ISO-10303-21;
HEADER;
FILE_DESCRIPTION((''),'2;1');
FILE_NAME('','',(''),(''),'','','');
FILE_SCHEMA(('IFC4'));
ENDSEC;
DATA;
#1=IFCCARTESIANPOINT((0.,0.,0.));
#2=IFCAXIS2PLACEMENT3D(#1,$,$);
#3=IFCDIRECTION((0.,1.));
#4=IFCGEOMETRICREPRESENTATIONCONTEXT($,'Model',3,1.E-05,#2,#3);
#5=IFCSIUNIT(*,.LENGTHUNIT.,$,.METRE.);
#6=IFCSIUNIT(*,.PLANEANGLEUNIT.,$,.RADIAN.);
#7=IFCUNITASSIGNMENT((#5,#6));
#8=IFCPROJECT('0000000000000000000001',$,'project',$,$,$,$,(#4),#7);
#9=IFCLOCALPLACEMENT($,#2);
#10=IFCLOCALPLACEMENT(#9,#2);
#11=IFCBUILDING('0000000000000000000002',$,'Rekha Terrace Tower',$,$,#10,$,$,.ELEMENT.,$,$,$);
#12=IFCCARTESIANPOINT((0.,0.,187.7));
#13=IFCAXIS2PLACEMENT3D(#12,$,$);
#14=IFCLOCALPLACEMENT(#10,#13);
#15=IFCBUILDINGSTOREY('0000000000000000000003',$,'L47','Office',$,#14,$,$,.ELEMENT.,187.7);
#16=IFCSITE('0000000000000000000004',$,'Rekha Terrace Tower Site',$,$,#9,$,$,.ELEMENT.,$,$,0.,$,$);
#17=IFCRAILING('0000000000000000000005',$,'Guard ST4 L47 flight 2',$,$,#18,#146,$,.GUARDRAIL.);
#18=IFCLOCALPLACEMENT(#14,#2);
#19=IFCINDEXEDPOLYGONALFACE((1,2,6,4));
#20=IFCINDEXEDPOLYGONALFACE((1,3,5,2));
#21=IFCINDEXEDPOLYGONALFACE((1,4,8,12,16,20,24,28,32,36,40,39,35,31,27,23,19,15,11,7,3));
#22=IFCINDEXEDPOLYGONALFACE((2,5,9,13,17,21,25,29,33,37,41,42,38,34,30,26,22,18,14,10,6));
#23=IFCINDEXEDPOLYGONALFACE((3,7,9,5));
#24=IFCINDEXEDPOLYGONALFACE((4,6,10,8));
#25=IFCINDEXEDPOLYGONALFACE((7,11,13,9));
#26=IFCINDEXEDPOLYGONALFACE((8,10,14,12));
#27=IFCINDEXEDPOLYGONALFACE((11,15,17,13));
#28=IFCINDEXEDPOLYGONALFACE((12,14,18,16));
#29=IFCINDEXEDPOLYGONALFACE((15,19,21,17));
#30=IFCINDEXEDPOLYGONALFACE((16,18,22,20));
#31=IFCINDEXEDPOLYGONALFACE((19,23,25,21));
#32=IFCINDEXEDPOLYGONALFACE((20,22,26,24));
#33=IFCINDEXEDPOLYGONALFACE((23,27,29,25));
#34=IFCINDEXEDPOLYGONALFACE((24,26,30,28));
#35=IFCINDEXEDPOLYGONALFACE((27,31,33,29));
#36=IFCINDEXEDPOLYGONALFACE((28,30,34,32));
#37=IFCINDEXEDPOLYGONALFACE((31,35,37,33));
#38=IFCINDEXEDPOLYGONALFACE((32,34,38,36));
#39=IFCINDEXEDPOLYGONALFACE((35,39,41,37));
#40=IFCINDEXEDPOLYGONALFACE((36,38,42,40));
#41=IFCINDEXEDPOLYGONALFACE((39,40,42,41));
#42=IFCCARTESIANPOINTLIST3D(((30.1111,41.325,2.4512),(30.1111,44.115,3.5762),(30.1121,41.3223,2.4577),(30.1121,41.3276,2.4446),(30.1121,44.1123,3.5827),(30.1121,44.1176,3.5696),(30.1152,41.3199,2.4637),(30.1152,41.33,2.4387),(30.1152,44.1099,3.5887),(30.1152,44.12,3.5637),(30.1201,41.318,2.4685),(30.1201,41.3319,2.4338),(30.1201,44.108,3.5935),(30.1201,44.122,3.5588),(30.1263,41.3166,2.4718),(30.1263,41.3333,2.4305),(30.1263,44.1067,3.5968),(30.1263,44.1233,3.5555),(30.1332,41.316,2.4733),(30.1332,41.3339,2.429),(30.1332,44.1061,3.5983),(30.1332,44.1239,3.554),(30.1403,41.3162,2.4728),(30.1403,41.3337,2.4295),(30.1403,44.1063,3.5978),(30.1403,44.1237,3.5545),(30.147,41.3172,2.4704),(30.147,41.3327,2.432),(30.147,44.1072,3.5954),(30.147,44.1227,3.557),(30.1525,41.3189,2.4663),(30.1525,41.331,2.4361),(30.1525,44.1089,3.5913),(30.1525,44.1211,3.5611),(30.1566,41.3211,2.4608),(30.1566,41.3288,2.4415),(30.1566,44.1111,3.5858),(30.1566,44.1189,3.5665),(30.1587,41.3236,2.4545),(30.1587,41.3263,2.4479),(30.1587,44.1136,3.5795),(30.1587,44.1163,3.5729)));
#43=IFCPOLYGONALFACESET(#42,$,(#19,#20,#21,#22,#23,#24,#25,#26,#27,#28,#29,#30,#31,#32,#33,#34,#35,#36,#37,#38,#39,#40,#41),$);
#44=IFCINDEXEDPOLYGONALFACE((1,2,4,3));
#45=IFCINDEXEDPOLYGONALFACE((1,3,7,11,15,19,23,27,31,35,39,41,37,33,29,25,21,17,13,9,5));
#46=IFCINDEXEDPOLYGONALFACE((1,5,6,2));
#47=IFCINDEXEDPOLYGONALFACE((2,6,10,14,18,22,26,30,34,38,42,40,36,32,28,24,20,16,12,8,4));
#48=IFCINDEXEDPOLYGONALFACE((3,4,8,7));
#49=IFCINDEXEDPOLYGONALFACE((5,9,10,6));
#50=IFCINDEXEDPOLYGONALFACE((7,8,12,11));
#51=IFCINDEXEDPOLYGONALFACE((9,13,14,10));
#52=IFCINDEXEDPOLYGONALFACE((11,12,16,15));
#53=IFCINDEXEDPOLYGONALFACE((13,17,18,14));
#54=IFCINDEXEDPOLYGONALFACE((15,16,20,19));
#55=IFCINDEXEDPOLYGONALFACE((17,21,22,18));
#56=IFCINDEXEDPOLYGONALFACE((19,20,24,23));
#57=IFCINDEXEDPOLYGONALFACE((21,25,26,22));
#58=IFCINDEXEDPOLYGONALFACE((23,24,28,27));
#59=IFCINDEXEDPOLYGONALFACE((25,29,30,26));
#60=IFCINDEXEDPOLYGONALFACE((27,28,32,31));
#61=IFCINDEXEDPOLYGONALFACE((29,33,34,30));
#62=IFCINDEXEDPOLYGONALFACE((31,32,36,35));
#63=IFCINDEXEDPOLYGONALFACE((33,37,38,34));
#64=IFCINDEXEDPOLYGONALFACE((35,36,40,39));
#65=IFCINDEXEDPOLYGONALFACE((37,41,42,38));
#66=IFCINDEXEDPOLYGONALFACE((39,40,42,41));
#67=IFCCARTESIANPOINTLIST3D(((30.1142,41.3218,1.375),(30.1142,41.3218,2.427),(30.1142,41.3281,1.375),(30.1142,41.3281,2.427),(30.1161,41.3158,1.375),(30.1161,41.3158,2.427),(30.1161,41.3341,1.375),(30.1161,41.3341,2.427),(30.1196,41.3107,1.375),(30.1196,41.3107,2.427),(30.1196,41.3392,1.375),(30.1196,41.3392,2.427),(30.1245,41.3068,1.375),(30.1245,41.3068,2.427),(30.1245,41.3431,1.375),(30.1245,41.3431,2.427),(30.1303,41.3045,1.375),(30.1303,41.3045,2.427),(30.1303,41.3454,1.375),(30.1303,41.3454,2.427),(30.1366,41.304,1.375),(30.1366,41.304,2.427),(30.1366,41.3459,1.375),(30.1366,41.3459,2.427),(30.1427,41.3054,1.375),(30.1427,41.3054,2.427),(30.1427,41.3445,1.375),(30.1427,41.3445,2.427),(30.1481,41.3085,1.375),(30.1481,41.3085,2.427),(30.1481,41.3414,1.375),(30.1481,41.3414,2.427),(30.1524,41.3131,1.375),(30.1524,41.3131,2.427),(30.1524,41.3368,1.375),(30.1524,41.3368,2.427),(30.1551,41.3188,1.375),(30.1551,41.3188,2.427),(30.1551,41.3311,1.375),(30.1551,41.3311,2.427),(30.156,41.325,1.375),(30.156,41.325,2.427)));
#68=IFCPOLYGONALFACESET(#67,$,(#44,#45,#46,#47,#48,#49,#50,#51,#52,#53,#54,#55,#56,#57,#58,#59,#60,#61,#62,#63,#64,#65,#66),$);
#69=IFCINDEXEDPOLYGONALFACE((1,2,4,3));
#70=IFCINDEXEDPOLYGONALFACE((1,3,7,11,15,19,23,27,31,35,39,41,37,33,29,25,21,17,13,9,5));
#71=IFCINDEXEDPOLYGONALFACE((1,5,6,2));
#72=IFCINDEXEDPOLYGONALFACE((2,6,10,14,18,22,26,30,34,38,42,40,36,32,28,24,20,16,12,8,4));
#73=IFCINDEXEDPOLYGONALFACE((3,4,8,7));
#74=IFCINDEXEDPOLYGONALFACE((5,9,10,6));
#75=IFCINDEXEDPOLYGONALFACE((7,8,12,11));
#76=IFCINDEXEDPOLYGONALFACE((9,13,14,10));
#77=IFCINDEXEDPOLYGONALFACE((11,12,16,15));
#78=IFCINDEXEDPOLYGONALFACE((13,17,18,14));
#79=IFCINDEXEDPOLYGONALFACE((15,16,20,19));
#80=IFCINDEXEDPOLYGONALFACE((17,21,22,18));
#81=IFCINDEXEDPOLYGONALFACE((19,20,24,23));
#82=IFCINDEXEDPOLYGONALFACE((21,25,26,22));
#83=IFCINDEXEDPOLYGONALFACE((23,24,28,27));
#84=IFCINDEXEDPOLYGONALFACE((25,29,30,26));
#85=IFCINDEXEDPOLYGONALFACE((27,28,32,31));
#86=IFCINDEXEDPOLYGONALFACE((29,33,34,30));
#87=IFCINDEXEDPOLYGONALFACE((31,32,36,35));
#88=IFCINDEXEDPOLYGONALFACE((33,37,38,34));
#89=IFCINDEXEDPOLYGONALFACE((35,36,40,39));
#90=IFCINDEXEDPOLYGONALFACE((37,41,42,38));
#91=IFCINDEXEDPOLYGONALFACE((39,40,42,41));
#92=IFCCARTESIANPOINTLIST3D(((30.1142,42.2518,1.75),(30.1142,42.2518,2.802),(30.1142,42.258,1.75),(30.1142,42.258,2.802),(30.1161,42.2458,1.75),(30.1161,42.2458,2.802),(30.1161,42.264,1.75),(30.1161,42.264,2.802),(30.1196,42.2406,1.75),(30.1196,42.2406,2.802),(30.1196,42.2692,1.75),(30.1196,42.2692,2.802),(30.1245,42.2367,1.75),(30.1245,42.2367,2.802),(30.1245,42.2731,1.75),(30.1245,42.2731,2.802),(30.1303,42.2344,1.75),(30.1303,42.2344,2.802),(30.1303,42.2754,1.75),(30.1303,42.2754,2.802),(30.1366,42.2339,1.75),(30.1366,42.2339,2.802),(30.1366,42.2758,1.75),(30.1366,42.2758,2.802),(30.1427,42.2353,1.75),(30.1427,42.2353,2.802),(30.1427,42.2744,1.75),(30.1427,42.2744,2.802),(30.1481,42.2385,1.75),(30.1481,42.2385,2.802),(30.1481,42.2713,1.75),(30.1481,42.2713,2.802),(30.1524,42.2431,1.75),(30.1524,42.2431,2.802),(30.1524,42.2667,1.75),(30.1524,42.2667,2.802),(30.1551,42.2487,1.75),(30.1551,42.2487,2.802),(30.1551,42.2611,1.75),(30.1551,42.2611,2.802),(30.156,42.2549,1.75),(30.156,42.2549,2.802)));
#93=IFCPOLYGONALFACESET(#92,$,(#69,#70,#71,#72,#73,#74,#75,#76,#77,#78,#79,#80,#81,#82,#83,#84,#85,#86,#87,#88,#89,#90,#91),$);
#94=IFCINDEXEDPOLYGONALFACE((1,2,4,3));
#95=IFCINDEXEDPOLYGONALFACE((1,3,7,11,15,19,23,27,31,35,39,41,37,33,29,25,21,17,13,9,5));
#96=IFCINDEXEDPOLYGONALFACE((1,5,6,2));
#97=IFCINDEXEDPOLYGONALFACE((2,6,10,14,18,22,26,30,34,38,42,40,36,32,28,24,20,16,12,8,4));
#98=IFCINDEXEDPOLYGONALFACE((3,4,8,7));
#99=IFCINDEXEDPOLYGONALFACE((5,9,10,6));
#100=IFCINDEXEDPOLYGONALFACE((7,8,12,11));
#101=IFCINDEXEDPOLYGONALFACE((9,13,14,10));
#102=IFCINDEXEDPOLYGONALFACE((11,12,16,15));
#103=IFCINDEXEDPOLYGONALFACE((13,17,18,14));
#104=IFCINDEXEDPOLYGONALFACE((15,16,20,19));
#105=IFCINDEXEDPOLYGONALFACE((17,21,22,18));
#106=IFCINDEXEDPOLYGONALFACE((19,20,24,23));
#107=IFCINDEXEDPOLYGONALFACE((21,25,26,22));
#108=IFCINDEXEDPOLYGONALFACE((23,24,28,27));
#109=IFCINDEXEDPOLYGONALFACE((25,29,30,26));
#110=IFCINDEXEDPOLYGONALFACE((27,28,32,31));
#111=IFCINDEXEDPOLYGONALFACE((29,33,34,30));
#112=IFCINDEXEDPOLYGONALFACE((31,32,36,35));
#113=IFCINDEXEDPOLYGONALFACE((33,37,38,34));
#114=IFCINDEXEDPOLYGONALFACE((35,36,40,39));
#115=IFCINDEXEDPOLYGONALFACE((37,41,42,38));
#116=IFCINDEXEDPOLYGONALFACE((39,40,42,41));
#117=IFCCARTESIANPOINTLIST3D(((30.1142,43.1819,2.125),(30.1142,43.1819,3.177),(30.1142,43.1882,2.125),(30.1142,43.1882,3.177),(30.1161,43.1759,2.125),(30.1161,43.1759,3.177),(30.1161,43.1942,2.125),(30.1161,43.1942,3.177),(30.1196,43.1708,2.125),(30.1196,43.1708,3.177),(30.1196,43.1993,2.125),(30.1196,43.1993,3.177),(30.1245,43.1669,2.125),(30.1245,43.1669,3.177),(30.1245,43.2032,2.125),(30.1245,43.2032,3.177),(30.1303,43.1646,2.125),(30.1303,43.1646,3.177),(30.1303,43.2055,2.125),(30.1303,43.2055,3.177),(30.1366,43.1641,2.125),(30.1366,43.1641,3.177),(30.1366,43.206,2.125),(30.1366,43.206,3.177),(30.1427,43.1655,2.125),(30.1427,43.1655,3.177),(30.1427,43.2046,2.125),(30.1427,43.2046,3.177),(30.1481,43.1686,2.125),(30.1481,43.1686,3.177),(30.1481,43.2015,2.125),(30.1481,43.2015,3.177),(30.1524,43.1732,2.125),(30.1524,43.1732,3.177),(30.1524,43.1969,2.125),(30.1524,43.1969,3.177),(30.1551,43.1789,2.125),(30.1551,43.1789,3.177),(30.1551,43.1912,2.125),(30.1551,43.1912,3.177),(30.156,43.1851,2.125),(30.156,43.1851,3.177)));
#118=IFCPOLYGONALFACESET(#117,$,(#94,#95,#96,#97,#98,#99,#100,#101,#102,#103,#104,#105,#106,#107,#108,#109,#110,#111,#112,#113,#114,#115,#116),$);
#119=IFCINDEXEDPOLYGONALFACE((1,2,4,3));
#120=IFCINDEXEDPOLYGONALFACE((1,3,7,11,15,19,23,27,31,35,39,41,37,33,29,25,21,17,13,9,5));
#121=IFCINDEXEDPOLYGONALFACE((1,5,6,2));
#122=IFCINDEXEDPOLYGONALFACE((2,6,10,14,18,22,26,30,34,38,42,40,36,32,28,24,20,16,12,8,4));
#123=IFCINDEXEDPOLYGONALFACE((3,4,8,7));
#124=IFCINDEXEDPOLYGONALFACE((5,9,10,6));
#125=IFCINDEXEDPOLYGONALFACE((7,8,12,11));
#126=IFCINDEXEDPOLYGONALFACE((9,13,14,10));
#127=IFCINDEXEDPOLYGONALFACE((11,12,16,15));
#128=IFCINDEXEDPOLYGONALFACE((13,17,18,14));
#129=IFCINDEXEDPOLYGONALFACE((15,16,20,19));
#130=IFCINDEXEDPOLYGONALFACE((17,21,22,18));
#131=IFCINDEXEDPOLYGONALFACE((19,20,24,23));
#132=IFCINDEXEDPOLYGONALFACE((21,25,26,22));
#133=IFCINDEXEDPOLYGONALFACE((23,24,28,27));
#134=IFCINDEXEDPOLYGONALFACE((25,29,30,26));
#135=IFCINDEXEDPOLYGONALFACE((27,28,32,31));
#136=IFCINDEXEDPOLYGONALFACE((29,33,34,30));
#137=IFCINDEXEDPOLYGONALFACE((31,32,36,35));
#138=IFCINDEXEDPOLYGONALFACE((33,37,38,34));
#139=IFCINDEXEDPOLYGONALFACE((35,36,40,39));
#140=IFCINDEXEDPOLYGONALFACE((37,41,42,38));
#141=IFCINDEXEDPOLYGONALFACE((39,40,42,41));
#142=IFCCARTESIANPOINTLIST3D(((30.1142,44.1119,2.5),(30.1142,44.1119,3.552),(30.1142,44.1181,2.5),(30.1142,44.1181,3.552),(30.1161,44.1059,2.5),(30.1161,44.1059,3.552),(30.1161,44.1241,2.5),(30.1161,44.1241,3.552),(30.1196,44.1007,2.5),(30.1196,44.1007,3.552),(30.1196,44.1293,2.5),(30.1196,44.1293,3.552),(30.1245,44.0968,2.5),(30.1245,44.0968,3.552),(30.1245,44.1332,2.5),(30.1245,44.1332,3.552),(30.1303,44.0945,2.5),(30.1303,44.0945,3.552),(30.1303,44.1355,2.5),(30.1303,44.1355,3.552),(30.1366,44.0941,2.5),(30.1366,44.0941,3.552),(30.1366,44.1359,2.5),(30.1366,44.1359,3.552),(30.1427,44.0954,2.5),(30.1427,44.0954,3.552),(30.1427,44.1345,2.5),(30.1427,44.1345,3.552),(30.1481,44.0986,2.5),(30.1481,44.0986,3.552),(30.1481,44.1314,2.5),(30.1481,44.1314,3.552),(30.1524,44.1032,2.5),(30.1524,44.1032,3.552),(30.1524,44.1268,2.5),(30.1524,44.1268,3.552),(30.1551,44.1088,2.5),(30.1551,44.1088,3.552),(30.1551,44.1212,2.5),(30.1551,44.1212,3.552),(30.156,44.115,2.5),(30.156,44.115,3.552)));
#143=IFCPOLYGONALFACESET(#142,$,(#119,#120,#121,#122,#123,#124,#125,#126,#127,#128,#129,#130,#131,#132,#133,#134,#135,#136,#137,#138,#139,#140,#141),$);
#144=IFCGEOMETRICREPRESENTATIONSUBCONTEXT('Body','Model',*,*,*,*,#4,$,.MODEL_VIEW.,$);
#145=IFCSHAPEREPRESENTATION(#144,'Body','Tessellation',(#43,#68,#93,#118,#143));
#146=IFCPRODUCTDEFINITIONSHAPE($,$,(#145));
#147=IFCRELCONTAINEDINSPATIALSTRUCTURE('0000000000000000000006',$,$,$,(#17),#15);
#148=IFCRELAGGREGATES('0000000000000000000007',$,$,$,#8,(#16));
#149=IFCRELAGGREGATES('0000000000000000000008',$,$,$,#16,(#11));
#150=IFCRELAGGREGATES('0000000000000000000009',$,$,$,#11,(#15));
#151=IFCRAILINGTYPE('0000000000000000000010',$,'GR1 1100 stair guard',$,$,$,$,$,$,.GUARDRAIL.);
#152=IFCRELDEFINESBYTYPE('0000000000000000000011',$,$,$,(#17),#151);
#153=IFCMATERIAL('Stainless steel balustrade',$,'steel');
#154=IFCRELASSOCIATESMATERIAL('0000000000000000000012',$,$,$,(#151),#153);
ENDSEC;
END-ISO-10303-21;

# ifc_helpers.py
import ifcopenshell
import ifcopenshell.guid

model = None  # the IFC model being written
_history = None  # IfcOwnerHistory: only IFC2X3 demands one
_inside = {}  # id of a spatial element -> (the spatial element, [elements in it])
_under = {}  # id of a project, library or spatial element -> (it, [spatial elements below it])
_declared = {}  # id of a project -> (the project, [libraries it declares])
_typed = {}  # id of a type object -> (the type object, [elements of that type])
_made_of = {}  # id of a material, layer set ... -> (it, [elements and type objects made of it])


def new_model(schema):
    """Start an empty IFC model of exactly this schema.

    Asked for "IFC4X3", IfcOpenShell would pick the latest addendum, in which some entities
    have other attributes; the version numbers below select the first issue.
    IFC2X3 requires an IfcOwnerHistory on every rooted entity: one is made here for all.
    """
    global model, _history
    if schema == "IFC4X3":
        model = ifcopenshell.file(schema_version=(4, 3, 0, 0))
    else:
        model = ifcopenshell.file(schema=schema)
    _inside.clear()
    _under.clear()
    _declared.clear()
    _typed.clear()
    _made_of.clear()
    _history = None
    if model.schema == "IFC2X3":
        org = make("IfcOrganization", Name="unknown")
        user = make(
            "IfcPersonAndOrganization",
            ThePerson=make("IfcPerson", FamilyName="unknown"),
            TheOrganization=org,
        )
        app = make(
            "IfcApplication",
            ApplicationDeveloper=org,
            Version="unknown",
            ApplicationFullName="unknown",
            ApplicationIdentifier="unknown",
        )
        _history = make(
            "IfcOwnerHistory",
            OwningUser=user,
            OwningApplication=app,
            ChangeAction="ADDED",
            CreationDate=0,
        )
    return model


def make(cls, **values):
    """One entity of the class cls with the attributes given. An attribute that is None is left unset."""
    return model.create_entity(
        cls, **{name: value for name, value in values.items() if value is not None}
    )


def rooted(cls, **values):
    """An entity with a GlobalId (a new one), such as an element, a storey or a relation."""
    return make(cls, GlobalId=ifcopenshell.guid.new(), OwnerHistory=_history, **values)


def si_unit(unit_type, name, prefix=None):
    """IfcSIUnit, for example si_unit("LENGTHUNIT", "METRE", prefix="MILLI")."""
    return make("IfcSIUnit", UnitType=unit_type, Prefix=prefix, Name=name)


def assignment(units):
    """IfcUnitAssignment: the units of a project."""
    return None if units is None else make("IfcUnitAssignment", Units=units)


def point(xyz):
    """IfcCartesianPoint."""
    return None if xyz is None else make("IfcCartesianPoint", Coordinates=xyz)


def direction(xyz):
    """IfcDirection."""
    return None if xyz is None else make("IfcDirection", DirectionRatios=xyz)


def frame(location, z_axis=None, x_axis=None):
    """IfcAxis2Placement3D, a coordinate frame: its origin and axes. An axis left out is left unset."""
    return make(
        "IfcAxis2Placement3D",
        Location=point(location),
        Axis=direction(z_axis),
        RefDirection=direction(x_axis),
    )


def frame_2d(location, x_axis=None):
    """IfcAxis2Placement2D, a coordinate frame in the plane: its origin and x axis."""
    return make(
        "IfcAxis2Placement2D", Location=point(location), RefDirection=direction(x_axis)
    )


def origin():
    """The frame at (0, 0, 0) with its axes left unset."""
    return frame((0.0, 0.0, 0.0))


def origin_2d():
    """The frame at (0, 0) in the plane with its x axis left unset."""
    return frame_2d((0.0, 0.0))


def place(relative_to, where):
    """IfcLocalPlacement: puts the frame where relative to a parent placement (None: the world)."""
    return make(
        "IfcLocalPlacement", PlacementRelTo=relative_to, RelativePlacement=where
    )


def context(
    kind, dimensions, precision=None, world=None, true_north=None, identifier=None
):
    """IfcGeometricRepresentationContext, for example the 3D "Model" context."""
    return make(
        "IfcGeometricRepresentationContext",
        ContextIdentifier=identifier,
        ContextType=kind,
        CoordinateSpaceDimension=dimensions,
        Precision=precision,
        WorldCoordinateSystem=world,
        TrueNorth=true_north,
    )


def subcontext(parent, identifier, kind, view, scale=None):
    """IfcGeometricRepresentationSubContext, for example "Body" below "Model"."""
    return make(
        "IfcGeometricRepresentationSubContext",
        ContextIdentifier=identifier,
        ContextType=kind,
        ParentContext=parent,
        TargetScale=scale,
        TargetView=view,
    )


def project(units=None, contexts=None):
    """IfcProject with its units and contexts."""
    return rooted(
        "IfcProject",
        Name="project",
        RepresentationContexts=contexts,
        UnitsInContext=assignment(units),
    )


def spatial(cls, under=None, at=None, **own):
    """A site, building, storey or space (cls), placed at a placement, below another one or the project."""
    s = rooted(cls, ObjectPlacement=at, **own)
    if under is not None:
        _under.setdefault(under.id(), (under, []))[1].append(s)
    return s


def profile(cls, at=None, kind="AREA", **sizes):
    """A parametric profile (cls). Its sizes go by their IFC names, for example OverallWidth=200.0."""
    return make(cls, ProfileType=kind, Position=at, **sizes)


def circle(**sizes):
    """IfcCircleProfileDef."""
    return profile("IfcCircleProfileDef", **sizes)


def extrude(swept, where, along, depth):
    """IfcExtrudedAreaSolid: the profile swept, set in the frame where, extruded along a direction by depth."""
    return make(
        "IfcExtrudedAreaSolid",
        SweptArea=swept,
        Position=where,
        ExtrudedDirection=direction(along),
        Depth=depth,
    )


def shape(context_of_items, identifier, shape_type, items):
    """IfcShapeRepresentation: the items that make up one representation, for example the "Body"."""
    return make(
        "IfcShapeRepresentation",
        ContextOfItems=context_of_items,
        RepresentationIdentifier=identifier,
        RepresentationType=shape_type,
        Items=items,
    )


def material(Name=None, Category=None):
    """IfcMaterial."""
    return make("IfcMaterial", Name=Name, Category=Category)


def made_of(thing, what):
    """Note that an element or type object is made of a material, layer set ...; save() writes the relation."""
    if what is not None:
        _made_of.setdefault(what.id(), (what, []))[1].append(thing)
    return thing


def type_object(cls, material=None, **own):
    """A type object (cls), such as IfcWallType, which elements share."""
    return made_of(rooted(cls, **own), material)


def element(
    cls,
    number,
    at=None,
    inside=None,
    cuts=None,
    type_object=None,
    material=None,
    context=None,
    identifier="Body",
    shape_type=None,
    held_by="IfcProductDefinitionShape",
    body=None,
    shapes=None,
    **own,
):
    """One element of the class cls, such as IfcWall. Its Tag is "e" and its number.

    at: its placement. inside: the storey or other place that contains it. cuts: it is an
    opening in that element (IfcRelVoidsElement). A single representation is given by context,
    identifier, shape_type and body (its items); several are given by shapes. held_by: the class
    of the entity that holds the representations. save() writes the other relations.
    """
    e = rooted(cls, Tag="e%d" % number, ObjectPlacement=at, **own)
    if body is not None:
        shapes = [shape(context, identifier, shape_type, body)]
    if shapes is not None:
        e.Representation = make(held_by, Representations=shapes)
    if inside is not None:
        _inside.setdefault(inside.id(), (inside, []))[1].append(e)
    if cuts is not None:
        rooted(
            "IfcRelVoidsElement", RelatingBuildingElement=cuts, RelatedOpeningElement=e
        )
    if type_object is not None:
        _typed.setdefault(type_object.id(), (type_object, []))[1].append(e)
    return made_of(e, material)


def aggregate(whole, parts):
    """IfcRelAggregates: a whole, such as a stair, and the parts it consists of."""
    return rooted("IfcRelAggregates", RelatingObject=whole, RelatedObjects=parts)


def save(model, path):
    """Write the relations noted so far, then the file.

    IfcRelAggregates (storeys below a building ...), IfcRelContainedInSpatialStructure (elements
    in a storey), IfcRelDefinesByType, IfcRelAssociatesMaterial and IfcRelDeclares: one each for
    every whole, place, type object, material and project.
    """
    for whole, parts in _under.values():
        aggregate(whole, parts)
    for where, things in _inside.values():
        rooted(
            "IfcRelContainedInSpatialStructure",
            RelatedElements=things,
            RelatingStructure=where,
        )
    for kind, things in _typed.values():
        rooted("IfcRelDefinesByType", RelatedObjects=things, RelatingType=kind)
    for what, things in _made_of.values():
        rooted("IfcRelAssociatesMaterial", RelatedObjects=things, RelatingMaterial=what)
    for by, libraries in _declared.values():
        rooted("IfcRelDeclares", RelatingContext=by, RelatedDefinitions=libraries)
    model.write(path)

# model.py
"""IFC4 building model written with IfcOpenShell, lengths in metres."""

from ifc_helpers import new_model, si_unit, direction, frame, origin, origin_2d, place, context, subcontext, project, spatial, circle, extrude, material, type_object, element, save


model = new_model("IFC4")

# Units and contexts
model_context = context("Model", 3, precision=1e-05, world=origin(), true_north=direction((0.0, 1.0)))
body_context = subcontext(model_context, "Body", "Model", "MODEL_VIEW")
ifc_project = project(units=[si_unit("LENGTHUNIT", "METRE"), si_unit("PLANEANGLEUNIT", "RADIAN")], contexts=[model_context])

# Site, building, storey
site_placement = place(None, origin())
site = spatial("IfcSite", under=ifc_project, at=site_placement, Name="Rekha Terrace Tower Site", CompositionType="ELEMENT", RefElevation=0.0)
building_placement = place(site_placement, origin())
building = spatial("IfcBuilding", under=site, at=building_placement, Name="Rekha Terrace Tower", CompositionType="ELEMENT")
storey_placement = place(building_placement, frame((0.0, 0.0, 187.7)))
storey = spatial("IfcBuildingStorey", under=building, at=storey_placement, Name="L47", Description="Office", CompositionType="ELEMENT", Elevation=187.7)

# Railing
ifc_material_1 = material(Name="Stainless steel balustrade", Category="steel")
railing_type_1 = type_object("IfcRailingType", Name="GR1 1100 stair guard", PredefinedType="GUARDRAIL", material=ifc_material_1)
railing_1_placement = place(storey_placement, frame((30.135, 41.325, 1.375)))
element("IfcRailing", 1, at=railing_1_placement, inside=storey, type_object=railing_type_1, Name="Guard ST4 L47 flight 2", PredefinedType="GUARDRAIL", context=body_context, shape_type="SweptSolid", body=[
    extrude(circle(Radius=0.0239, at=origin_2d()), frame((0.0, 0.0, 1.0762), z_axis=(0.0, 0.927443, 0.373964), x_axis=(-1.0, 0.0, 0.0)), (0.0, 0.0, 1.0), 3.0083),
    extrude(circle(Radius=0.021, at=origin_2d()), origin(), (0.0, 0.0, 1.0), 1.052),
    extrude(circle(Radius=0.021, at=origin_2d()), frame((0.0, 0.9299, 0.375)), (0.0, 0.0, 1.0), 1.052),
    extrude(circle(Radius=0.021, at=origin_2d()), frame((0.0, 1.8601, 0.75)), (0.0, 0.0, 1.0), 1.052),
    extrude(circle(Radius=0.021, at=origin_2d()), frame((0.0, 2.79, 1.125)), (0.0, 0.0, 1.0), 1.052),
])

save(model, "model.ifc")
